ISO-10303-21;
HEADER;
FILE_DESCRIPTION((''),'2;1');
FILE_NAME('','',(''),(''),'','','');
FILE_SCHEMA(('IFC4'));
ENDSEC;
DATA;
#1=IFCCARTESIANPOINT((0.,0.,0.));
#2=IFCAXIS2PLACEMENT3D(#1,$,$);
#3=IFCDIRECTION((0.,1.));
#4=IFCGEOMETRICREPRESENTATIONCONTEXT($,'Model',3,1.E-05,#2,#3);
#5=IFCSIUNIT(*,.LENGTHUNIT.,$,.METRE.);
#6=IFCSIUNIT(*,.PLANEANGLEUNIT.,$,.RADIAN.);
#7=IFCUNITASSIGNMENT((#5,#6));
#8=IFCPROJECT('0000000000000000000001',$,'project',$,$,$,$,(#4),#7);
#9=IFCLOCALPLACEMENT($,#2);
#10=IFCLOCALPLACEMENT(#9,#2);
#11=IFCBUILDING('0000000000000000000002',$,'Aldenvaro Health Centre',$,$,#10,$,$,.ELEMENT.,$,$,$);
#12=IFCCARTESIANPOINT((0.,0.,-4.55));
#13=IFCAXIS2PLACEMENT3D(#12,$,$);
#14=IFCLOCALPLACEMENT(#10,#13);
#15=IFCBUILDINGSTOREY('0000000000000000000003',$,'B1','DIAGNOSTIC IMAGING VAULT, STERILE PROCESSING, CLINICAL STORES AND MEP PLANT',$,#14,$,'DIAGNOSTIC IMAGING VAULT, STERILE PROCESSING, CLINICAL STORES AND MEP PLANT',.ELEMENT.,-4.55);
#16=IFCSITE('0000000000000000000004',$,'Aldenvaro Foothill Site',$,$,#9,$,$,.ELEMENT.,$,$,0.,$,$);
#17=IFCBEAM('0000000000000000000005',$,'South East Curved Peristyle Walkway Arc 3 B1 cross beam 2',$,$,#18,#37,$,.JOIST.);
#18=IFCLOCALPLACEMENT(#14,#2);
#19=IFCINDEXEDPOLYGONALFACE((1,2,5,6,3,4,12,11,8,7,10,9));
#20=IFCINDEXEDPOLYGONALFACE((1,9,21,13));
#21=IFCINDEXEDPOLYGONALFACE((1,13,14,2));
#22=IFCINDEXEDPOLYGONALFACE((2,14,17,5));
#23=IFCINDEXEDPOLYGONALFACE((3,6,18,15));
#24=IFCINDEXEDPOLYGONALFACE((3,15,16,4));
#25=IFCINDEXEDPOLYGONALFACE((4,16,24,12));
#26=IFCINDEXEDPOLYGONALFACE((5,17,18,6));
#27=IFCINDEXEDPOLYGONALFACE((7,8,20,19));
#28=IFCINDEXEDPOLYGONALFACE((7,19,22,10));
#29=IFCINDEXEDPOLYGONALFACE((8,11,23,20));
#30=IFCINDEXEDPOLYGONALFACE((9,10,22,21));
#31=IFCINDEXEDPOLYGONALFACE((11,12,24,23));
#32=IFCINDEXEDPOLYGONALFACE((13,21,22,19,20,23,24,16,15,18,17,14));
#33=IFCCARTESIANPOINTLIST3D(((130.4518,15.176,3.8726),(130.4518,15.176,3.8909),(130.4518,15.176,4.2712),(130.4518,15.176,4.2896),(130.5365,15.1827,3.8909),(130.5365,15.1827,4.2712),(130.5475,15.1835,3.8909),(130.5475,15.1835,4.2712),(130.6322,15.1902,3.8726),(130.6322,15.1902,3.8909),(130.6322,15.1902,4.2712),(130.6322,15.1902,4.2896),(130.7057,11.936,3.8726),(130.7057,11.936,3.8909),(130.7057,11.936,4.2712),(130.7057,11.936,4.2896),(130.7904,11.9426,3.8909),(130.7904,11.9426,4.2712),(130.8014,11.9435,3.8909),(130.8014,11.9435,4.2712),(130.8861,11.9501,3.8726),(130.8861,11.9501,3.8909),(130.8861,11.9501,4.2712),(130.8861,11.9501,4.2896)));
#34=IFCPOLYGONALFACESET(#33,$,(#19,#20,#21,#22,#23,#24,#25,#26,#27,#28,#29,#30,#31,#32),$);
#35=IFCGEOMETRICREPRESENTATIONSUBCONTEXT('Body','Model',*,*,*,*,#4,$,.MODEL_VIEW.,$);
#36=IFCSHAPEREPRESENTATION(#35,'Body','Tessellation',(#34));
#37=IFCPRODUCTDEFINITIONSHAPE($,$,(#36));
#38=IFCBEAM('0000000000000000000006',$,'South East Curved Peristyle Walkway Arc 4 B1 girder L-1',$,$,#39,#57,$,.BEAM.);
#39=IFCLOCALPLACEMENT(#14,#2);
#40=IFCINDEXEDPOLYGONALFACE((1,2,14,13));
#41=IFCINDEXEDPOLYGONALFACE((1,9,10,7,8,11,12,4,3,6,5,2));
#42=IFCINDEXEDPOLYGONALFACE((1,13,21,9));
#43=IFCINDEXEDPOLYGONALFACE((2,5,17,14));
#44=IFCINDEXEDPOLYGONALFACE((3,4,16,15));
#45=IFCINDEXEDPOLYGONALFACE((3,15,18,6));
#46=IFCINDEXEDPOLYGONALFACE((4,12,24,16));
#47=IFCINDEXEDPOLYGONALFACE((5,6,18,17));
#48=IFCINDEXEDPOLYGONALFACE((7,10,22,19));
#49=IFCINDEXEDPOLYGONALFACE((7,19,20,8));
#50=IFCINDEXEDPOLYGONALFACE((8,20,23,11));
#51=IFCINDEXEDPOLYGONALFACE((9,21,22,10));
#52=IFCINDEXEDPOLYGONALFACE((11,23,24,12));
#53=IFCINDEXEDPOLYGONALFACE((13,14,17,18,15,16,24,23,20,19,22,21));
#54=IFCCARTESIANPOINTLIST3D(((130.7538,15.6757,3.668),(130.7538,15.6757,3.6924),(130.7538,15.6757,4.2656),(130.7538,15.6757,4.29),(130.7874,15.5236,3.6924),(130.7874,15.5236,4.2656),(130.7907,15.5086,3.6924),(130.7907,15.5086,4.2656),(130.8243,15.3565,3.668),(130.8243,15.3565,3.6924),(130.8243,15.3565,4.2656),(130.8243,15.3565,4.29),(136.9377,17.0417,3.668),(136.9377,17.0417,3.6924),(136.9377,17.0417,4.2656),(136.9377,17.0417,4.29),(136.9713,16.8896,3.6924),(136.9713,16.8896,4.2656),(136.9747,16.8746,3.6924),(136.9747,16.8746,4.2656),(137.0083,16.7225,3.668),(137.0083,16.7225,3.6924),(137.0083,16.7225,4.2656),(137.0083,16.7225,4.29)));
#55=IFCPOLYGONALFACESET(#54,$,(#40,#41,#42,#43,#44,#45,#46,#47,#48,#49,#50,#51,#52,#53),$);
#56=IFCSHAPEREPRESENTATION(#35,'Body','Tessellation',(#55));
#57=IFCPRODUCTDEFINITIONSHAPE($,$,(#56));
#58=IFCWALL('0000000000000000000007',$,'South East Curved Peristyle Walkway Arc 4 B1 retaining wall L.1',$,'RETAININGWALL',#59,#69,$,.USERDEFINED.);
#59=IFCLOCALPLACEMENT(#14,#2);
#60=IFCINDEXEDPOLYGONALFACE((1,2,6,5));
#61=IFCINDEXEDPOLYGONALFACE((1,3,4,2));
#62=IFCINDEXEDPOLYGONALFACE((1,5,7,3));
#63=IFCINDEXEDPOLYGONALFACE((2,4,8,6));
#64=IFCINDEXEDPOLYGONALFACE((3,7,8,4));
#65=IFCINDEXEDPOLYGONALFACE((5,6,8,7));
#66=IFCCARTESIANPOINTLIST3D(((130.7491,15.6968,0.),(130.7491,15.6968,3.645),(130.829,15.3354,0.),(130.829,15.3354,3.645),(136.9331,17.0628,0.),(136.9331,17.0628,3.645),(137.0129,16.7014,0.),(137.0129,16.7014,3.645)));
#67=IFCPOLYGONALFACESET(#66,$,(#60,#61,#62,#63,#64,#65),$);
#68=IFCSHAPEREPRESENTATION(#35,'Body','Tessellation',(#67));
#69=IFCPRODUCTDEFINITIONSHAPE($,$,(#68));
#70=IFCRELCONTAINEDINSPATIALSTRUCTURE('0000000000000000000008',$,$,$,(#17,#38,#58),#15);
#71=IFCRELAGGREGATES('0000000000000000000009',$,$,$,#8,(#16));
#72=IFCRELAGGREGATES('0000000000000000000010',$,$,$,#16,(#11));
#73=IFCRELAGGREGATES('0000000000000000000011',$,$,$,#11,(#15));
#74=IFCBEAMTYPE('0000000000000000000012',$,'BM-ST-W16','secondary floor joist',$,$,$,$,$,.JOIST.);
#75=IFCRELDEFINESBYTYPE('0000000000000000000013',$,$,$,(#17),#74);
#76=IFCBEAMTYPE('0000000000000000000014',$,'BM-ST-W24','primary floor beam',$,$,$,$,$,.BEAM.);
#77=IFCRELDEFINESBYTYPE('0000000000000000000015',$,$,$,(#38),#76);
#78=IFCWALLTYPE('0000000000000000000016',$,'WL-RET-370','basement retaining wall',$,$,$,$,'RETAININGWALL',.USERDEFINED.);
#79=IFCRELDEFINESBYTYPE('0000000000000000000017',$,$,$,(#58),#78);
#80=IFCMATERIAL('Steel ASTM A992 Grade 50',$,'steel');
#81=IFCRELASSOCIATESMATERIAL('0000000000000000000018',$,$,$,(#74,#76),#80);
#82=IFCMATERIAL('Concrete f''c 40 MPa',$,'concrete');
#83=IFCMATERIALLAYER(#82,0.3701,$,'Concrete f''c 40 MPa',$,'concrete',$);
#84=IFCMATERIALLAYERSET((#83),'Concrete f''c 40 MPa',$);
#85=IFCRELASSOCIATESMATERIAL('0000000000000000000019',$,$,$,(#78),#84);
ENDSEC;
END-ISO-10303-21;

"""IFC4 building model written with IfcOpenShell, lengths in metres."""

from ifc_helpers import new_model, si_unit, direction, frame, frame_2d, origin, origin_2d, place, context, subcontext, project, spatial, rectangle, i_section, extrude, material, layer, layer_set, material_profile, profile_set, type_object, element, save


model = new_model("IFC4")

# Units and contexts
model_context = context("Model", 3, precision=1e-05, world=origin(), true_north=direction((0.0, 1.0)))
body_context = subcontext(model_context, "Body", "Model", "MODEL_VIEW")
ifc_project = project(units=[si_unit("LENGTHUNIT", "METRE"), si_unit("PLANEANGLEUNIT", "RADIAN")], contexts=[model_context])

# Site, building, storey
site_placement = place(None, origin())
site = spatial("IfcSite", under=ifc_project, at=site_placement, Name="Aldenvaro Foothill Site", CompositionType="ELEMENT", RefElevation=0.0)
building_placement = place(site_placement, origin())
building = spatial("IfcBuilding", under=site, at=building_placement, Name="Aldenvaro Health Centre", CompositionType="ELEMENT")
storey_placement = place(building_placement, frame((0.0, 0.0, -4.55)))
storey = spatial("IfcBuildingStorey", under=building, at=storey_placement, Name="B1", Description="DIAGNOSTIC IMAGING VAULT, STERILE PROCESSING, CLINICAL STORES AND MEP PLANT", LongName="DIAGNOSTIC IMAGING VAULT, STERILE PROCESSING, CLINICAL STORES AND MEP PLANT", CompositionType="ELEMENT", Elevation=-4.55)

# Shared definitions
ifc_material_1 = material(Name="Concrete f'c 40 MPa", Category="concrete")

# Beams
ifc_material_2 = material(Name="Steel ASTM A992 Grade 50", Category="steel")
ifc_material_profile_1 = material_profile(ifc_material_2, i_section(OverallWidth=0.1809, OverallDepth=0.417, WebThickness=0.011, FlangeThickness=0.0183, at=origin_2d()), Name="W16X57", Category="steel")
ifc_profile_set_1 = profile_set([ifc_material_profile_1], Name="Steel ASTM A992 Grade 50")
beam_type_1 = type_object("IfcBeamType", Name="BM-ST-W16", Description="secondary floor joist", PredefinedType="JOIST", material=ifc_profile_set_1)
beam_1_placement = place(storey_placement, frame((130.542, 15.1831, 4.0811), z_axis=(0.078127, -0.996943, 0.0), x_axis=(0.996943, 0.078127, 0.0)))
element("IfcBeam", 1, at=beam_1_placement, inside=storey, type_object=beam_type_1, Name="South East Curved Peristyle Walkway Arc 3 B1 cross beam 2", PredefinedType="JOIST", context=body_context, shape_type="SweptSolid", body=[
    extrude(i_section(OverallWidth=0.1809, OverallDepth=0.417, WebThickness=0.011, FlangeThickness=0.0183, at=origin_2d()), origin(), (0.0, 0.0, 1.0), 3.25),
])
ifc_material_profile_2 = material_profile(ifc_material_2, i_section(OverallWidth=0.3269, OverallDepth=0.6221, WebThickness=0.0154, FlangeThickness=0.0244, at=origin_2d()), Name="W24X131", Category="steel")
ifc_profile_set_2 = profile_set([ifc_material_profile_2], Name="Steel ASTM A992 Grade 50")
beam_type_2 = type_object("IfcBeamType", Name="BM-ST-W24", Description="primary floor beam", PredefinedType="BEAM", material=ifc_profile_set_2)
beam_2_placement = place(storey_placement, frame((130.7891, 15.5161, 3.979), z_axis=(0.976461, 0.215693, 0.0), x_axis=(-0.215693, 0.976461, 0.0)))
element("IfcBeam", 2, at=beam_2_placement, inside=storey, type_object=beam_type_2, Name="South East Curved Peristyle Walkway Arc 4 B1 girder L-1", PredefinedType="BEAM", context=body_context, shape_type="SweptSolid", body=[
    extrude(i_section(OverallWidth=0.3269, OverallDepth=0.6221, WebThickness=0.0154, FlangeThickness=0.0244, at=origin_2d()), origin(), (0.0, 0.0, 1.0), 6.333),
])

# Wall
ifc_layer = layer(ifc_material_1, 0.3701, Name="Concrete f'c 40 MPa", Category="concrete")
ifc_layer_set = layer_set([ifc_layer], Name="Concrete f'c 40 MPa")
wall_type = type_object("IfcWallType", Name="WL-RET-370", Description="basement retaining wall", ElementType="RETAININGWALL", PredefinedType="USERDEFINED", material=ifc_layer_set)
wall_placement = place(storey_placement, frame((130.7891, 15.5161, 0.0), z_axis=(0.0, 0.0, 1.0), x_axis=(0.976461, 0.215693, 0.0)))
element("IfcWall", 3, at=wall_placement, inside=storey, type_object=wall_type, Name="South East Curved Peristyle Walkway Arc 4 B1 retaining wall L.1", ObjectType="RETAININGWALL", PredefinedType="USERDEFINED", context=body_context, shape_type="SweptSolid", body=[
    extrude(rectangle(XDim=6.333, YDim=0.3701, at=frame_2d((3.1665, 0.0))), origin(), (0.0, 0.0, 1.0), 3.645),
])

save(model, "model.ifc")
